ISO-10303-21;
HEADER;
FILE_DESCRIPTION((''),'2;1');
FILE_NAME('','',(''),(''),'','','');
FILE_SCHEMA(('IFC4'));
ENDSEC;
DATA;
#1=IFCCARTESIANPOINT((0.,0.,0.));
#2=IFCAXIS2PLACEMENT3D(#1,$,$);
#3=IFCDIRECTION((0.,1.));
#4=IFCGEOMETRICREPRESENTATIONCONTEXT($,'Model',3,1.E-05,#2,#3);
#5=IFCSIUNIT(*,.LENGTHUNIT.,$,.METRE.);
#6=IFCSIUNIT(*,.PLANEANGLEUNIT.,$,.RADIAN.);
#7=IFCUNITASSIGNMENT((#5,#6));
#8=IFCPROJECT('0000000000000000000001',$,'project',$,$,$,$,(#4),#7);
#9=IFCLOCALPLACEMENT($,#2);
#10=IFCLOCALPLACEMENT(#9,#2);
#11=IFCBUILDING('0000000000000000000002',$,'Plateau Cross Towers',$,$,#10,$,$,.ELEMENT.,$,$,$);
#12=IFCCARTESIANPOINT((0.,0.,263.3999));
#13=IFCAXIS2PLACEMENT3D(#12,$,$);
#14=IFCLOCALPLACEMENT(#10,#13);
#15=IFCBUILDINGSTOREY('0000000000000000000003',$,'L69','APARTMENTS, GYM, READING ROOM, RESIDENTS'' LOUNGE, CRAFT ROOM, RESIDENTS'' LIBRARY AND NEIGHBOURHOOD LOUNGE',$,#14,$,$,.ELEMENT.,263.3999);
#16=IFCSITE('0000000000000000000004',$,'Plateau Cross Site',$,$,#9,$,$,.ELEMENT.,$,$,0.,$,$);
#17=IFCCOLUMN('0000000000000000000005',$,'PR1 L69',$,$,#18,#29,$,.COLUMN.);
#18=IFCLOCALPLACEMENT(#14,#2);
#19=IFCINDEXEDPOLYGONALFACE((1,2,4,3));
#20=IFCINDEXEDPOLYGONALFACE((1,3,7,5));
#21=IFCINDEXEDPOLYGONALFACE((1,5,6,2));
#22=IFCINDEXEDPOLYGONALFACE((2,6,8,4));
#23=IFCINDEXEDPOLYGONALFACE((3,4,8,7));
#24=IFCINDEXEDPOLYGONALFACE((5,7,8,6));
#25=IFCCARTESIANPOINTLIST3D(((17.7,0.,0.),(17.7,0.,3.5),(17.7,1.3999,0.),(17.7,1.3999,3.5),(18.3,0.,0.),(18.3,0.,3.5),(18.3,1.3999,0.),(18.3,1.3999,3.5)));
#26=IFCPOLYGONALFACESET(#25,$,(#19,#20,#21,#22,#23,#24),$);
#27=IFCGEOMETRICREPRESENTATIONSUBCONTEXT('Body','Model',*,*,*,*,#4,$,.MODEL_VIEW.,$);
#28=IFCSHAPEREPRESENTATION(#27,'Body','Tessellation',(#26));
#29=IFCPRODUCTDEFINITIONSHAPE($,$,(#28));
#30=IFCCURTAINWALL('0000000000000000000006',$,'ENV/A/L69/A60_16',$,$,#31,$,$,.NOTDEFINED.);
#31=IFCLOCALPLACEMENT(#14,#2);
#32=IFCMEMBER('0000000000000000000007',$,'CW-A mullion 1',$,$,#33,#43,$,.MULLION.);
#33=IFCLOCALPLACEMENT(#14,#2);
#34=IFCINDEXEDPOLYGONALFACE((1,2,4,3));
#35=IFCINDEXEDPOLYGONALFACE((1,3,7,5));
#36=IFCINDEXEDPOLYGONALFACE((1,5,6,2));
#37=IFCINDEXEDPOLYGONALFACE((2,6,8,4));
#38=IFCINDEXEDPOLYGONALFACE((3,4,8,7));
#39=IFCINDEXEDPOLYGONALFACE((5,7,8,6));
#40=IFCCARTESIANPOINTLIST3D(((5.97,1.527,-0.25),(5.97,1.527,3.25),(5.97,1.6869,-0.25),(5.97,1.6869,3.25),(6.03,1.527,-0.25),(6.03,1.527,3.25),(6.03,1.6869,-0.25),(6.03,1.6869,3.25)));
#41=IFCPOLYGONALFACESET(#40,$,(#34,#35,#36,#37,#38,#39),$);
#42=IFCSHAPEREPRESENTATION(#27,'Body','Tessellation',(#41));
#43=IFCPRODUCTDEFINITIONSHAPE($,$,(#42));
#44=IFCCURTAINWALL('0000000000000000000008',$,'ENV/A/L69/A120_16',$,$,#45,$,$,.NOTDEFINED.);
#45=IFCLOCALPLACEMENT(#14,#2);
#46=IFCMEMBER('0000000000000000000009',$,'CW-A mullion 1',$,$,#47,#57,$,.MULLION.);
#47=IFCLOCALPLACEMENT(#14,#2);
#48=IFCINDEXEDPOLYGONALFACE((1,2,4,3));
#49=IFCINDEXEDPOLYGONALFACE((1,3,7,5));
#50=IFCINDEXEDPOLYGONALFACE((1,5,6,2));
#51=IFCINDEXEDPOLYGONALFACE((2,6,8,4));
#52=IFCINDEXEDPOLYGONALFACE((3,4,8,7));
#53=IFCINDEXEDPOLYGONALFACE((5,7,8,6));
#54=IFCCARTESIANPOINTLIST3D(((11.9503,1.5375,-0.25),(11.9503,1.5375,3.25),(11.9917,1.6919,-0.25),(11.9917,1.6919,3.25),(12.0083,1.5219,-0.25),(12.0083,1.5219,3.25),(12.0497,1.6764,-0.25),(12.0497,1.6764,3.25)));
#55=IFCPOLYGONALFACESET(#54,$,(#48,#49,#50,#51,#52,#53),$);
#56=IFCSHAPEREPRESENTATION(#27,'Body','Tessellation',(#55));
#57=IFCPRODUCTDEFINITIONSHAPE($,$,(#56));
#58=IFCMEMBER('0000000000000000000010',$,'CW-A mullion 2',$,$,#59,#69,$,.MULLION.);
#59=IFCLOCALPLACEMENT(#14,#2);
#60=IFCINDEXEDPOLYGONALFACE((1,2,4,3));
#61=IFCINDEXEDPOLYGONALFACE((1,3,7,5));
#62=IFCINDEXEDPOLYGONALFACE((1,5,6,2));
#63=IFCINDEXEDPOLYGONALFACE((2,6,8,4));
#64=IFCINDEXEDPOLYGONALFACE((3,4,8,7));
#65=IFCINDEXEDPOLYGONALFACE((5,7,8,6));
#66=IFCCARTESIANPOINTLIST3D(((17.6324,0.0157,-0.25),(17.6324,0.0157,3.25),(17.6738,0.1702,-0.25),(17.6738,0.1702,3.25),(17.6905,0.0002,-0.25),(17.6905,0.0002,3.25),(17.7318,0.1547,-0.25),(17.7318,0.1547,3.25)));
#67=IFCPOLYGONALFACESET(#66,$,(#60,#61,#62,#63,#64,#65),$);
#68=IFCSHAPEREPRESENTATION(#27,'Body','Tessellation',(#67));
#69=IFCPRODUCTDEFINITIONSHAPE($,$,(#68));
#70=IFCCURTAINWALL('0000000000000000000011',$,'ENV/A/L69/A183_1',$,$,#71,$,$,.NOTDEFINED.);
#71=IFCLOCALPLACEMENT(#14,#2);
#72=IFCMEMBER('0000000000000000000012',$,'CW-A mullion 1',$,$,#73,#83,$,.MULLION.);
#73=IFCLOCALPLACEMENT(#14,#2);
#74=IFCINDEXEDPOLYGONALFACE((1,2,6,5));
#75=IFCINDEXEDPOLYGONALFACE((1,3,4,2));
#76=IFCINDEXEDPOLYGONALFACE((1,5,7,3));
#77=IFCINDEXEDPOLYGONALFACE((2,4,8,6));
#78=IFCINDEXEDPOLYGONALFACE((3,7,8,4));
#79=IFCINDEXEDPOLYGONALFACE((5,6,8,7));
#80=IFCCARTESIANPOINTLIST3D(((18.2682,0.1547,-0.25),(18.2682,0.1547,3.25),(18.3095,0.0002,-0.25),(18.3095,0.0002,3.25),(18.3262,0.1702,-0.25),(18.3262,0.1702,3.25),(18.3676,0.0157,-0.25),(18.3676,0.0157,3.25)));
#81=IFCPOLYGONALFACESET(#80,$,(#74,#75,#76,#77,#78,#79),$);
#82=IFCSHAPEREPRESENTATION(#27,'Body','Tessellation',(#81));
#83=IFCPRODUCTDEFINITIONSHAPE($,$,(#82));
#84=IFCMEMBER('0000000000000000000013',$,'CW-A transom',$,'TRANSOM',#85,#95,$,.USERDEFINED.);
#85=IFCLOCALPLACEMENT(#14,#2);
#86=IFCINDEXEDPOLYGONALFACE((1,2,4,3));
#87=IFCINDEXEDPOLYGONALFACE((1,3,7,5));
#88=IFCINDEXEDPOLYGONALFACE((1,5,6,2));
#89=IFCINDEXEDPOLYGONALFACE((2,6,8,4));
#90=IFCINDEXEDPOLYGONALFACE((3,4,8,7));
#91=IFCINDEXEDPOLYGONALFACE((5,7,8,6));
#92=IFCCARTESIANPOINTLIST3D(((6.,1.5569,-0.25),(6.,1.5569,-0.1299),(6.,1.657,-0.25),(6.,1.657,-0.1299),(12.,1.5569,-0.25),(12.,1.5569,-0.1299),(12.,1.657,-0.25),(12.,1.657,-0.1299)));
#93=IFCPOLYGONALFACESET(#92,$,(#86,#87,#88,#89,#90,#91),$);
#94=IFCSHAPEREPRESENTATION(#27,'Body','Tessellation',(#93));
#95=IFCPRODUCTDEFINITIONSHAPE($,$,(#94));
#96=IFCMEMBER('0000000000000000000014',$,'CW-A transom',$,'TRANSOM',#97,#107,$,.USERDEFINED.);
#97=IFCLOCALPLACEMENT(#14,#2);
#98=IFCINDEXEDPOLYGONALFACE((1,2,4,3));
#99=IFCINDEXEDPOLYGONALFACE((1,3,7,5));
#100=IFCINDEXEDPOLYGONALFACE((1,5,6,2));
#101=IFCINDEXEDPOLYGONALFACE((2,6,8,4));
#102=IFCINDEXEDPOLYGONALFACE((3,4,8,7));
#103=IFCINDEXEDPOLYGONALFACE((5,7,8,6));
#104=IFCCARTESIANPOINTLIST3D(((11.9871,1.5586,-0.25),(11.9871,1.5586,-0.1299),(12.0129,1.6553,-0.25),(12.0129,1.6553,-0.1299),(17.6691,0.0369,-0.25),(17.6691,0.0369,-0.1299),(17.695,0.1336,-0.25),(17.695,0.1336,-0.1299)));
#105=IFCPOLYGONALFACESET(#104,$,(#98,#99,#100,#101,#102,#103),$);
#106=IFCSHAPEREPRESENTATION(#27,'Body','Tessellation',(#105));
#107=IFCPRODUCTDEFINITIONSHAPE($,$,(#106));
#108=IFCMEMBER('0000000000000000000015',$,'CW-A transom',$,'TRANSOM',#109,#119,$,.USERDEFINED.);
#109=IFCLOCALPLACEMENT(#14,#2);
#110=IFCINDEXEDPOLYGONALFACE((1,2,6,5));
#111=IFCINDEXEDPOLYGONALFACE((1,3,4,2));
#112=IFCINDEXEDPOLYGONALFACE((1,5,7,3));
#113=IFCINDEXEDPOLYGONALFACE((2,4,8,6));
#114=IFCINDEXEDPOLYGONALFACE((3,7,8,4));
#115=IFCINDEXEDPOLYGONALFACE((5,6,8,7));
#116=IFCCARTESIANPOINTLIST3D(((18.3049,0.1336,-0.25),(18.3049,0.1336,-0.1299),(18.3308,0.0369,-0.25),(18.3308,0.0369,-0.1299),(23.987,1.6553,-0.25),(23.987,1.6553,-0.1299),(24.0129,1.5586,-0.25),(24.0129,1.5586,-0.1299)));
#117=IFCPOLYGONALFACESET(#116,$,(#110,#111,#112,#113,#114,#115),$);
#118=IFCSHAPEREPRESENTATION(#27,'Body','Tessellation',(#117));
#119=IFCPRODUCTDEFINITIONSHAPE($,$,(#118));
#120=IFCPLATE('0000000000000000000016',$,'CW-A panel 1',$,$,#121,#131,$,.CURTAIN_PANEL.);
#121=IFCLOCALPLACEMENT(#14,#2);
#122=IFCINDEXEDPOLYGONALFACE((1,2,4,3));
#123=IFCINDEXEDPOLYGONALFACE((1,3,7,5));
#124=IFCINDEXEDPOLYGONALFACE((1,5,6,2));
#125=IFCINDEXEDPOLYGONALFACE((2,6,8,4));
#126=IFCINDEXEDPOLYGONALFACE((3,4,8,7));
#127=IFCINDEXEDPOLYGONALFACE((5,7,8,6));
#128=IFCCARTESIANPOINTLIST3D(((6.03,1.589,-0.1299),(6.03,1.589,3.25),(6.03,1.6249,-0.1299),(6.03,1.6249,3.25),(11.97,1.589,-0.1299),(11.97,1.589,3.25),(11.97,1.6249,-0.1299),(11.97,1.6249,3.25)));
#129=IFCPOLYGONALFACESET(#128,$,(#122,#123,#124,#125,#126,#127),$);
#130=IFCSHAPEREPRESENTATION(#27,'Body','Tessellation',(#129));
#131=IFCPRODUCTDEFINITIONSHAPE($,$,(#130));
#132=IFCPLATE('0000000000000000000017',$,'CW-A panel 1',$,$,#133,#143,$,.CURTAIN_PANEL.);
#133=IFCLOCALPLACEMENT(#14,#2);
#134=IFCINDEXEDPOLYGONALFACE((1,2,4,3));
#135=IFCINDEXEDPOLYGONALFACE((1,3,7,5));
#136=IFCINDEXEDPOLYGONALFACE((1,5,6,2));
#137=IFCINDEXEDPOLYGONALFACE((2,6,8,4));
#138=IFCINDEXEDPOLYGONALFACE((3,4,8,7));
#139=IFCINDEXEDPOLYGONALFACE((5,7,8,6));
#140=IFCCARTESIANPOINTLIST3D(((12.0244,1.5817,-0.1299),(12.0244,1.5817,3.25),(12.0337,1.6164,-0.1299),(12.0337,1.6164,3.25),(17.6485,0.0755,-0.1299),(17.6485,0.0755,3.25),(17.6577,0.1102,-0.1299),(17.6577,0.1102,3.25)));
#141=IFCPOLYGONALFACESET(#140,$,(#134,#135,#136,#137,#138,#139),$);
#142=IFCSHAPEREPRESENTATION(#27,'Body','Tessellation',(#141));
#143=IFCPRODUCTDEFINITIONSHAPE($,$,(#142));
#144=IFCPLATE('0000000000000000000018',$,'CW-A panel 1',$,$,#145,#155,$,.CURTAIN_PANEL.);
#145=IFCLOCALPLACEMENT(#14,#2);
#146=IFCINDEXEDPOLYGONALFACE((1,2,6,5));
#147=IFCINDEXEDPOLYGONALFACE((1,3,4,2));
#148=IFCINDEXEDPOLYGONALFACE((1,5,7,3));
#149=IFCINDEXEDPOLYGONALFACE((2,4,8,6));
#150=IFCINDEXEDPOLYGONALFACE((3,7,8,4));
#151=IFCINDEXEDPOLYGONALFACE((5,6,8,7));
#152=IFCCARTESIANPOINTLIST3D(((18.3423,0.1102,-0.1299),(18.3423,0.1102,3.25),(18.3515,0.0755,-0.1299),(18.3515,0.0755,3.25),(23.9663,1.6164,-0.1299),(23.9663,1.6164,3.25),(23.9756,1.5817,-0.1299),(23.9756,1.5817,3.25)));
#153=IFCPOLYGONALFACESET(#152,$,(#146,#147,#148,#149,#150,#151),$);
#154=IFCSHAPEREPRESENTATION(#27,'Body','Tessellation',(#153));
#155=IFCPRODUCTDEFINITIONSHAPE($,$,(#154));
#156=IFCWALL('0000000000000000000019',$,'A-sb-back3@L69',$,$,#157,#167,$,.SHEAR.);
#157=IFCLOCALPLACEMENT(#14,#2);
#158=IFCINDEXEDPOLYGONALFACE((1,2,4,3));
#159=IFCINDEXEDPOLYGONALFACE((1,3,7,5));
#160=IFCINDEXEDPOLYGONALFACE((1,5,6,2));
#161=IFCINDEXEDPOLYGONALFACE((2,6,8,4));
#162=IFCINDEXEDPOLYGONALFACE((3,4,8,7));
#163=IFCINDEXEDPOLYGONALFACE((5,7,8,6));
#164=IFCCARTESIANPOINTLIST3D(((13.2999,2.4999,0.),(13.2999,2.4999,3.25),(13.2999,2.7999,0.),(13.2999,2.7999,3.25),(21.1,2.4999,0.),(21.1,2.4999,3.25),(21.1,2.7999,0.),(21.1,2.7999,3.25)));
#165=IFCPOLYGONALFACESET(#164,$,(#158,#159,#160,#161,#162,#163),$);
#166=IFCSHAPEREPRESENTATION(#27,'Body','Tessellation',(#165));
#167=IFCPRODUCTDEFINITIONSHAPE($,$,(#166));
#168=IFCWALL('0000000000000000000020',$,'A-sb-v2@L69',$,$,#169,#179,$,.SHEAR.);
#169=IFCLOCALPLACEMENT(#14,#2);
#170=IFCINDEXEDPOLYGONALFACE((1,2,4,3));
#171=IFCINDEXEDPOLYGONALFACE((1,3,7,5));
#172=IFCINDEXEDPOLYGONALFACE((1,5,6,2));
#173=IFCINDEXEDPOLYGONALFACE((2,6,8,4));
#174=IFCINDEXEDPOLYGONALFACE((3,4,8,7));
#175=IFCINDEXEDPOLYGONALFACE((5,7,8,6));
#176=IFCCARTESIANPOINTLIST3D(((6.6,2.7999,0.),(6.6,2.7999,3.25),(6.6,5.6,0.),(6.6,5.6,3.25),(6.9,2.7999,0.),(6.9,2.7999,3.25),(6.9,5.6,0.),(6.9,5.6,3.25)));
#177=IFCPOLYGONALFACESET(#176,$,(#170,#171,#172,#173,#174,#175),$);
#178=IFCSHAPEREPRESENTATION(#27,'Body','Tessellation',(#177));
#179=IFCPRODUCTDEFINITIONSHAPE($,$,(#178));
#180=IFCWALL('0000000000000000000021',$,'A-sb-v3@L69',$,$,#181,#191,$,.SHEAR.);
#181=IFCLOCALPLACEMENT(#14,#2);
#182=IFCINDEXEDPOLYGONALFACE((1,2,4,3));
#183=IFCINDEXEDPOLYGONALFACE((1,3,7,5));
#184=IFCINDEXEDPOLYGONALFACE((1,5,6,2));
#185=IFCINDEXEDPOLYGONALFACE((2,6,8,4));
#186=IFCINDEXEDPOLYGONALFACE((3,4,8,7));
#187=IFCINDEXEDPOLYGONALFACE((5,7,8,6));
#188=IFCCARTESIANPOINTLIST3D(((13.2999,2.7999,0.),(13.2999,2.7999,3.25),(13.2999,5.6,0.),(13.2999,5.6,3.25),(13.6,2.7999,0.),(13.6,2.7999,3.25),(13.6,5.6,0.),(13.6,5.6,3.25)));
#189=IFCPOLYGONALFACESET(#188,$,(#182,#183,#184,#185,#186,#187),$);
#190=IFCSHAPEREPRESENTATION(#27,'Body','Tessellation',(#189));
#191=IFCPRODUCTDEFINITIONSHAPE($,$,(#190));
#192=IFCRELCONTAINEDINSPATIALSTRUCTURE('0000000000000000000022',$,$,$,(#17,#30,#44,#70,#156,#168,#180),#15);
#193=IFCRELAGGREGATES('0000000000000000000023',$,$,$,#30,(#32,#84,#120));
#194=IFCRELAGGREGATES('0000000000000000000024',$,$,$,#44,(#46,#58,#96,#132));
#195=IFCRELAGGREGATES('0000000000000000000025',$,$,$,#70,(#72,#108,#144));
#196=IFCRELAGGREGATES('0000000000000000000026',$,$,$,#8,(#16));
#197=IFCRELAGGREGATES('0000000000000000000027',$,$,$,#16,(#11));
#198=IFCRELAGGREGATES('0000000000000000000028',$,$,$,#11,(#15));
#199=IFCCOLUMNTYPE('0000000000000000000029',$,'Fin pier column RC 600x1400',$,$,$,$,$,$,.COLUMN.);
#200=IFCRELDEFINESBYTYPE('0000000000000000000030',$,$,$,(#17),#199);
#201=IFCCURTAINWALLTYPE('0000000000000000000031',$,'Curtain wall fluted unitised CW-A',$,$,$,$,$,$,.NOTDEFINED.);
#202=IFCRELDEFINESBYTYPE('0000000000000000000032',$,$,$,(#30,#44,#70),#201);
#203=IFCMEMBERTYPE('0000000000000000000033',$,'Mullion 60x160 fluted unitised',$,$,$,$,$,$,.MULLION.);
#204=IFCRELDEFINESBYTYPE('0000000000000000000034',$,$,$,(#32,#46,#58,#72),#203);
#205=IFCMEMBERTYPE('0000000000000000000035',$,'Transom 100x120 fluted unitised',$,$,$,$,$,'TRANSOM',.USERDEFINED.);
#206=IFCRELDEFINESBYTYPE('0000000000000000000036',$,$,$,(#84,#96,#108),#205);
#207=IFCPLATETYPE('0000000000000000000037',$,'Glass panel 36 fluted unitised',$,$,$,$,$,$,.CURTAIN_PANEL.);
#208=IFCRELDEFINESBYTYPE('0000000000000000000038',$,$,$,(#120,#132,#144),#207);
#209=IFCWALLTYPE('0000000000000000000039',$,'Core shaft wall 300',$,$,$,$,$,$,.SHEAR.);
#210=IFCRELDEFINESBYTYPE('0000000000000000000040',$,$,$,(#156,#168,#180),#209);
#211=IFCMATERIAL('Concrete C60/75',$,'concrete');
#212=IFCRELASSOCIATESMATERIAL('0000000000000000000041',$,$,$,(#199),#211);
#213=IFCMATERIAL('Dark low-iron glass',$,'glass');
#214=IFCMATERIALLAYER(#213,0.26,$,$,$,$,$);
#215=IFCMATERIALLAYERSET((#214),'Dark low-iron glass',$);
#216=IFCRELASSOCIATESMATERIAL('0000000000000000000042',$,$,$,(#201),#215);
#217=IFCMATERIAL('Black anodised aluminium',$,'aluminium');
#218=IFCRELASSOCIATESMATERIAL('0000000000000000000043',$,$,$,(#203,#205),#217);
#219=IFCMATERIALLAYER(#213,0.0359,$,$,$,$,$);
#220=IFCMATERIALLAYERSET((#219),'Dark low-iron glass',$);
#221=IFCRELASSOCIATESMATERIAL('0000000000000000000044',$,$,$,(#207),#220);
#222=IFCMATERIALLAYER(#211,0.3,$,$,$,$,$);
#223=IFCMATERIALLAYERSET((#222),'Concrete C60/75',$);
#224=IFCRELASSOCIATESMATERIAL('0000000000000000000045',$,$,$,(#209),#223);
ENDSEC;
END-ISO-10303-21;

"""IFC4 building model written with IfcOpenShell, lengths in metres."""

from ifc_helpers import new_model, si_unit, direction, frame, frame_2d, origin, origin_2d, place, context, subcontext, project, spatial, rectangle, extrude, material, layer, layer_set, material_profile, profile_set, type_object, element, aggregate, save


model = new_model("IFC4")

# Units and contexts
model_context = context("Model", 3, precision=1e-05, world=origin(), true_north=direction((0.0, 1.0)))
body_context = subcontext(model_context, "Body", "Model", "MODEL_VIEW")
ifc_project = project(units=[si_unit("LENGTHUNIT", "METRE"), si_unit("PLANEANGLEUNIT", "RADIAN")], contexts=[model_context])

# Site, building, storey
site_placement = place(None, origin())
site = spatial("IfcSite", under=ifc_project, at=site_placement, Name="Plateau Cross Site", CompositionType="ELEMENT", RefElevation=0.0)
building_placement = place(site_placement, origin())
building = spatial("IfcBuilding", under=site, at=building_placement, Name="Plateau Cross Towers", CompositionType="ELEMENT")
storey_placement = place(building_placement, frame((0.0, 0.0, 263.3999)))
storey = spatial("IfcBuildingStorey", under=building, at=storey_placement, Name="L69", Description="APARTMENTS, GYM, READING ROOM, RESIDENTS' LOUNGE, CRAFT ROOM, RESIDENTS' LIBRARY AND NEIGHBOURHOOD LOUNGE", CompositionType="ELEMENT", Elevation=263.3999)

# Column
ifc_material_1 = material(Name="Concrete C60/75", Category="concrete")
ifc_material_profile_1 = material_profile(ifc_material_1, rectangle(XDim=0.6001, YDim=1.3999, at=origin_2d()), Name="RC 600x1400")
ifc_profile_set_1 = profile_set([ifc_material_profile_1], Name="Concrete C60/75")
column_type = type_object("IfcColumnType", Name="Fin pier column RC 600x1400", PredefinedType="COLUMN", material=ifc_profile_set_1)
column_placement = place(storey_placement, frame((18.0, 0.7, 0.0), z_axis=(0.0, 0.0, 1.0), x_axis=(1.0, 0.0, 0.0)))
element("IfcColumn", 1, at=column_placement, inside=storey, type_object=column_type, Name="PR1 L69", PredefinedType="COLUMN", context=body_context, shape_type="SweptSolid", body=[
    extrude(rectangle(XDim=0.6001, YDim=1.3999, at=origin_2d()), origin(), (0.0, 0.0, 1.0), 3.5),
])

# Curtain wall, member
ifc_material_2 = material(Name="Dark low-iron glass", Category="glass")
ifc_layer_1 = layer(ifc_material_2, 0.26)
ifc_layer_set_1 = layer_set([ifc_layer_1], Name="Dark low-iron glass")
curtain_wall_type = type_object("IfcCurtainWallType", Name="Curtain wall fluted unitised CW-A", PredefinedType="NOTDEFINED", material=ifc_layer_set_1)
curtain_wall_1_placement = place(storey_placement, origin())
curtain_wall_1 = element("IfcCurtainWall", 2, at=curtain_wall_1_placement, inside=storey, type_object=curtain_wall_type, Name="ENV/A/L69/A60_16", PredefinedType="NOTDEFINED")
ifc_material_3 = material(Name="Black anodised aluminium", Category="aluminium")
ifc_material_profile_2 = material_profile(ifc_material_3, rectangle(XDim=0.0601, YDim=0.1599, at=origin_2d()), Name="MULLION 60x160")
ifc_profile_set_2 = profile_set([ifc_material_profile_2], Name="Black anodised aluminium")
member_type_1 = type_object("IfcMemberType", Name="Mullion 60x160 fluted unitised", PredefinedType="MULLION", material=ifc_profile_set_2)
member_1_placement = place(storey_placement, frame((6.0, 1.6069, -0.25), z_axis=(0.0, 0.0, 1.0), x_axis=(1.0, 0.0, 0.0)))
member_1 = element("IfcMember", 3, at=member_1_placement, type_object=member_type_1, Name="CW-A mullion 1", PredefinedType="MULLION", context=body_context, shape_type="SweptSolid", body=[
    extrude(rectangle(XDim=0.0601, YDim=0.1599, at=origin_2d()), origin(), (0.0, 0.0, 1.0), 3.5),
])

# Curtain wall, members
curtain_wall_2_placement = place(storey_placement, origin())
curtain_wall_2 = element("IfcCurtainWall", 4, at=curtain_wall_2_placement, inside=storey, type_object=curtain_wall_type, Name="ENV/A/L69/A120_16", PredefinedType="NOTDEFINED")
member_2_placement = place(storey_placement, frame((12.0, 1.6069, -0.25), z_axis=(0.0, 0.0, 1.0), x_axis=(0.965958, -0.258699, 0.0)))
member_2 = element("IfcMember", 5, at=member_2_placement, type_object=member_type_1, Name="CW-A mullion 1", PredefinedType="MULLION", context=body_context, shape_type="SweptSolid", body=[
    extrude(rectangle(XDim=0.0601, YDim=0.1599, at=origin_2d()), origin(), (0.0, 0.0, 1.0), 3.5),
])
member_3_placement = place(storey_placement, frame((17.6821, 0.0852, -0.25), z_axis=(0.0, 0.0, 1.0), x_axis=(0.965958, -0.258699, 0.0)))
member_3 = element("IfcMember", 6, at=member_3_placement, type_object=member_type_1, Name="CW-A mullion 2", PredefinedType="MULLION", context=body_context, shape_type="SweptSolid", body=[
    extrude(rectangle(XDim=0.0601, YDim=0.1599, at=origin_2d()), origin(), (0.0, 0.0, 1.0), 3.5),
])

# Curtain wall, member
curtain_wall_3_placement = place(storey_placement, origin())
curtain_wall_3 = element("IfcCurtainWall", 7, at=curtain_wall_3_placement, inside=storey, type_object=curtain_wall_type, Name="ENV/A/L69/A183_1", PredefinedType="NOTDEFINED")
member_4_placement = place(storey_placement, frame((18.3179, 0.0852, -0.25), z_axis=(0.0, 0.0, 1.0), x_axis=(0.965958, 0.258699, 0.0)))
member_4 = element("IfcMember", 8, at=member_4_placement, type_object=member_type_1, Name="CW-A mullion 1", PredefinedType="MULLION", context=body_context, shape_type="SweptSolid", body=[
    extrude(rectangle(XDim=0.0601, YDim=0.1599, at=origin_2d()), origin(), (0.0, 0.0, 1.0), 3.5),
])

# Members
ifc_material_profile_3 = material_profile(ifc_material_3, rectangle(XDim=0.1001, YDim=0.1201, at=origin_2d()), Name="TRANSOM 100x120")
ifc_profile_set_3 = profile_set([ifc_material_profile_3], Name="Black anodised aluminium")
member_type_2 = type_object("IfcMemberType", Name="Transom 100x120 fluted unitised", ElementType="TRANSOM", PredefinedType="USERDEFINED", material=ifc_profile_set_3)
member_5_placement = place(storey_placement, frame((6.0, 1.6069, -0.1899), z_axis=(1.0, 0.0, 0.0), x_axis=(0.0, 1.0, 0.0)))
member_5 = element("IfcMember", 9, at=member_5_placement, type_object=member_type_2, Name="CW-A transom", ObjectType="TRANSOM", PredefinedType="USERDEFINED", context=body_context, shape_type="SweptSolid", body=[
    extrude(rectangle(XDim=0.1001, YDim=0.1201, at=origin_2d()), origin(), (0.0, 0.0, 1.0), 6.0),
])
member_6_placement = place(storey_placement, frame((12.0, 1.6069, -0.1899), z_axis=(0.96596, -0.258693, 0.0), x_axis=(0.258693, 0.96596, 0.0)))
member_6 = element("IfcMember", 10, at=member_6_placement, type_object=member_type_2, Name="CW-A transom", ObjectType="TRANSOM", PredefinedType="USERDEFINED", context=body_context, shape_type="SweptSolid", body=[
    extrude(rectangle(XDim=0.1001, YDim=0.1201, at=origin_2d()), origin(), (0.0, 0.0, 1.0), 5.8823),
])
member_7_placement = place(storey_placement, frame((18.3179, 0.0852, -0.1899), z_axis=(0.96596, 0.258693, 0.0), x_axis=(-0.258693, 0.96596, 0.0)))
member_7 = element("IfcMember", 11, at=member_7_placement, type_object=member_type_2, Name="CW-A transom", ObjectType="TRANSOM", PredefinedType="USERDEFINED", context=body_context, shape_type="SweptSolid", body=[
    extrude(rectangle(XDim=0.1001, YDim=0.1201, at=origin_2d()), origin(), (0.0, 0.0, 1.0), 5.8823),
])

# Plates
ifc_layer_2 = layer(ifc_material_2, 0.0359)
ifc_layer_set_2 = layer_set([ifc_layer_2], Name="Dark low-iron glass")
plate_type = type_object("IfcPlateType", Name="Glass panel 36 fluted unitised", PredefinedType="CURTAIN_PANEL", material=ifc_layer_set_2)
plate_1_placement = place(storey_placement, frame((9.0, 1.6069, -0.1299), z_axis=(0.0, 0.0, 1.0), x_axis=(1.0, 0.0, 0.0)))
plate_1 = element("IfcPlate", 12, at=plate_1_placement, type_object=plate_type, Name="CW-A panel 1", PredefinedType="CURTAIN_PANEL", context=body_context, shape_type="SweptSolid", body=[
    extrude(rectangle(XDim=5.9399, YDim=0.0359, at=origin_2d()), origin(), (0.0, 0.0, 1.0), 3.3799),
])
aggregate(curtain_wall_1, [member_1, member_5, plate_1])
plate_2_placement = place(storey_placement, frame((14.8411, 0.8459, -0.1299), z_axis=(0.0, 0.0, 1.0), x_axis=(0.965958, -0.258699, 0.0)))
plate_2 = element("IfcPlate", 13, at=plate_2_placement, type_object=plate_type, Name="CW-A panel 1", PredefinedType="CURTAIN_PANEL", context=body_context, shape_type="SweptSolid", body=[
    extrude(rectangle(XDim=5.8223, YDim=0.0359, at=origin_2d()), origin(), (0.0, 0.0, 1.0), 3.3799),
])
aggregate(curtain_wall_2, [member_2, member_3, member_6, plate_2])
plate_3_placement = place(storey_placement, frame((21.1589, 0.8459, -0.1299), z_axis=(0.0, 0.0, 1.0), x_axis=(0.965958, 0.258699, 0.0)))
plate_3 = element("IfcPlate", 14, at=plate_3_placement, type_object=plate_type, Name="CW-A panel 1", PredefinedType="CURTAIN_PANEL", context=body_context, shape_type="SweptSolid", body=[
    extrude(rectangle(XDim=5.8223, YDim=0.0359, at=origin_2d()), origin(), (0.0, 0.0, 1.0), 3.3799),
])
aggregate(curtain_wall_3, [member_4, member_7, plate_3])

# Walls
ifc_layer_3 = layer(ifc_material_1, 0.3)
ifc_layer_set_3 = layer_set([ifc_layer_3], Name="Concrete C60/75")
wall_type_1 = type_object("IfcWallType", Name="Core shaft wall 300", PredefinedType="SHEAR", material=ifc_layer_set_3)
wall_1_placement = place(storey_placement, frame((13.3, 2.6499, 0.0), z_axis=(0.0, 0.0, 1.0), x_axis=(1.0, 0.0, 0.0)))
element("IfcWall", 15, at=wall_1_placement, inside=storey, type_object=wall_type_1, Name="A-sb-back3@L69", PredefinedType="SHEAR", context=body_context, shape_type="SweptSolid", body=[
    extrude(rectangle(XDim=7.8, YDim=0.3, at=frame_2d((3.8999, 0.0))), origin(), (0.0, 0.0, 1.0), 3.25),
])
for number, where, z_axis, x_axis, name in (
    (16, (6.75, 2.8, 0.0), (0.0, 0.0, 1.0), (0.0, 1.0, 0.0), "A-sb-v2@L69"),
    (17, (13.45, 2.8, 0.0), (0.0, 0.0, 1.0), (0.0, 1.0, 0.0), "A-sb-v3@L69"),
):
    element("IfcWall", number, at=place(storey_placement, frame(where, z_axis=z_axis, x_axis=x_axis)), inside=storey, type_object=wall_type_1, Name=name, PredefinedType="SHEAR", context=body_context, shape_type="SweptSolid", body=[
        extrude(rectangle(XDim=2.8, YDim=0.3, at=frame_2d((1.3999, 0.0))), origin(), (0.0, 0.0, 1.0), 3.25),
    ])

save(model, "model.ifc")
